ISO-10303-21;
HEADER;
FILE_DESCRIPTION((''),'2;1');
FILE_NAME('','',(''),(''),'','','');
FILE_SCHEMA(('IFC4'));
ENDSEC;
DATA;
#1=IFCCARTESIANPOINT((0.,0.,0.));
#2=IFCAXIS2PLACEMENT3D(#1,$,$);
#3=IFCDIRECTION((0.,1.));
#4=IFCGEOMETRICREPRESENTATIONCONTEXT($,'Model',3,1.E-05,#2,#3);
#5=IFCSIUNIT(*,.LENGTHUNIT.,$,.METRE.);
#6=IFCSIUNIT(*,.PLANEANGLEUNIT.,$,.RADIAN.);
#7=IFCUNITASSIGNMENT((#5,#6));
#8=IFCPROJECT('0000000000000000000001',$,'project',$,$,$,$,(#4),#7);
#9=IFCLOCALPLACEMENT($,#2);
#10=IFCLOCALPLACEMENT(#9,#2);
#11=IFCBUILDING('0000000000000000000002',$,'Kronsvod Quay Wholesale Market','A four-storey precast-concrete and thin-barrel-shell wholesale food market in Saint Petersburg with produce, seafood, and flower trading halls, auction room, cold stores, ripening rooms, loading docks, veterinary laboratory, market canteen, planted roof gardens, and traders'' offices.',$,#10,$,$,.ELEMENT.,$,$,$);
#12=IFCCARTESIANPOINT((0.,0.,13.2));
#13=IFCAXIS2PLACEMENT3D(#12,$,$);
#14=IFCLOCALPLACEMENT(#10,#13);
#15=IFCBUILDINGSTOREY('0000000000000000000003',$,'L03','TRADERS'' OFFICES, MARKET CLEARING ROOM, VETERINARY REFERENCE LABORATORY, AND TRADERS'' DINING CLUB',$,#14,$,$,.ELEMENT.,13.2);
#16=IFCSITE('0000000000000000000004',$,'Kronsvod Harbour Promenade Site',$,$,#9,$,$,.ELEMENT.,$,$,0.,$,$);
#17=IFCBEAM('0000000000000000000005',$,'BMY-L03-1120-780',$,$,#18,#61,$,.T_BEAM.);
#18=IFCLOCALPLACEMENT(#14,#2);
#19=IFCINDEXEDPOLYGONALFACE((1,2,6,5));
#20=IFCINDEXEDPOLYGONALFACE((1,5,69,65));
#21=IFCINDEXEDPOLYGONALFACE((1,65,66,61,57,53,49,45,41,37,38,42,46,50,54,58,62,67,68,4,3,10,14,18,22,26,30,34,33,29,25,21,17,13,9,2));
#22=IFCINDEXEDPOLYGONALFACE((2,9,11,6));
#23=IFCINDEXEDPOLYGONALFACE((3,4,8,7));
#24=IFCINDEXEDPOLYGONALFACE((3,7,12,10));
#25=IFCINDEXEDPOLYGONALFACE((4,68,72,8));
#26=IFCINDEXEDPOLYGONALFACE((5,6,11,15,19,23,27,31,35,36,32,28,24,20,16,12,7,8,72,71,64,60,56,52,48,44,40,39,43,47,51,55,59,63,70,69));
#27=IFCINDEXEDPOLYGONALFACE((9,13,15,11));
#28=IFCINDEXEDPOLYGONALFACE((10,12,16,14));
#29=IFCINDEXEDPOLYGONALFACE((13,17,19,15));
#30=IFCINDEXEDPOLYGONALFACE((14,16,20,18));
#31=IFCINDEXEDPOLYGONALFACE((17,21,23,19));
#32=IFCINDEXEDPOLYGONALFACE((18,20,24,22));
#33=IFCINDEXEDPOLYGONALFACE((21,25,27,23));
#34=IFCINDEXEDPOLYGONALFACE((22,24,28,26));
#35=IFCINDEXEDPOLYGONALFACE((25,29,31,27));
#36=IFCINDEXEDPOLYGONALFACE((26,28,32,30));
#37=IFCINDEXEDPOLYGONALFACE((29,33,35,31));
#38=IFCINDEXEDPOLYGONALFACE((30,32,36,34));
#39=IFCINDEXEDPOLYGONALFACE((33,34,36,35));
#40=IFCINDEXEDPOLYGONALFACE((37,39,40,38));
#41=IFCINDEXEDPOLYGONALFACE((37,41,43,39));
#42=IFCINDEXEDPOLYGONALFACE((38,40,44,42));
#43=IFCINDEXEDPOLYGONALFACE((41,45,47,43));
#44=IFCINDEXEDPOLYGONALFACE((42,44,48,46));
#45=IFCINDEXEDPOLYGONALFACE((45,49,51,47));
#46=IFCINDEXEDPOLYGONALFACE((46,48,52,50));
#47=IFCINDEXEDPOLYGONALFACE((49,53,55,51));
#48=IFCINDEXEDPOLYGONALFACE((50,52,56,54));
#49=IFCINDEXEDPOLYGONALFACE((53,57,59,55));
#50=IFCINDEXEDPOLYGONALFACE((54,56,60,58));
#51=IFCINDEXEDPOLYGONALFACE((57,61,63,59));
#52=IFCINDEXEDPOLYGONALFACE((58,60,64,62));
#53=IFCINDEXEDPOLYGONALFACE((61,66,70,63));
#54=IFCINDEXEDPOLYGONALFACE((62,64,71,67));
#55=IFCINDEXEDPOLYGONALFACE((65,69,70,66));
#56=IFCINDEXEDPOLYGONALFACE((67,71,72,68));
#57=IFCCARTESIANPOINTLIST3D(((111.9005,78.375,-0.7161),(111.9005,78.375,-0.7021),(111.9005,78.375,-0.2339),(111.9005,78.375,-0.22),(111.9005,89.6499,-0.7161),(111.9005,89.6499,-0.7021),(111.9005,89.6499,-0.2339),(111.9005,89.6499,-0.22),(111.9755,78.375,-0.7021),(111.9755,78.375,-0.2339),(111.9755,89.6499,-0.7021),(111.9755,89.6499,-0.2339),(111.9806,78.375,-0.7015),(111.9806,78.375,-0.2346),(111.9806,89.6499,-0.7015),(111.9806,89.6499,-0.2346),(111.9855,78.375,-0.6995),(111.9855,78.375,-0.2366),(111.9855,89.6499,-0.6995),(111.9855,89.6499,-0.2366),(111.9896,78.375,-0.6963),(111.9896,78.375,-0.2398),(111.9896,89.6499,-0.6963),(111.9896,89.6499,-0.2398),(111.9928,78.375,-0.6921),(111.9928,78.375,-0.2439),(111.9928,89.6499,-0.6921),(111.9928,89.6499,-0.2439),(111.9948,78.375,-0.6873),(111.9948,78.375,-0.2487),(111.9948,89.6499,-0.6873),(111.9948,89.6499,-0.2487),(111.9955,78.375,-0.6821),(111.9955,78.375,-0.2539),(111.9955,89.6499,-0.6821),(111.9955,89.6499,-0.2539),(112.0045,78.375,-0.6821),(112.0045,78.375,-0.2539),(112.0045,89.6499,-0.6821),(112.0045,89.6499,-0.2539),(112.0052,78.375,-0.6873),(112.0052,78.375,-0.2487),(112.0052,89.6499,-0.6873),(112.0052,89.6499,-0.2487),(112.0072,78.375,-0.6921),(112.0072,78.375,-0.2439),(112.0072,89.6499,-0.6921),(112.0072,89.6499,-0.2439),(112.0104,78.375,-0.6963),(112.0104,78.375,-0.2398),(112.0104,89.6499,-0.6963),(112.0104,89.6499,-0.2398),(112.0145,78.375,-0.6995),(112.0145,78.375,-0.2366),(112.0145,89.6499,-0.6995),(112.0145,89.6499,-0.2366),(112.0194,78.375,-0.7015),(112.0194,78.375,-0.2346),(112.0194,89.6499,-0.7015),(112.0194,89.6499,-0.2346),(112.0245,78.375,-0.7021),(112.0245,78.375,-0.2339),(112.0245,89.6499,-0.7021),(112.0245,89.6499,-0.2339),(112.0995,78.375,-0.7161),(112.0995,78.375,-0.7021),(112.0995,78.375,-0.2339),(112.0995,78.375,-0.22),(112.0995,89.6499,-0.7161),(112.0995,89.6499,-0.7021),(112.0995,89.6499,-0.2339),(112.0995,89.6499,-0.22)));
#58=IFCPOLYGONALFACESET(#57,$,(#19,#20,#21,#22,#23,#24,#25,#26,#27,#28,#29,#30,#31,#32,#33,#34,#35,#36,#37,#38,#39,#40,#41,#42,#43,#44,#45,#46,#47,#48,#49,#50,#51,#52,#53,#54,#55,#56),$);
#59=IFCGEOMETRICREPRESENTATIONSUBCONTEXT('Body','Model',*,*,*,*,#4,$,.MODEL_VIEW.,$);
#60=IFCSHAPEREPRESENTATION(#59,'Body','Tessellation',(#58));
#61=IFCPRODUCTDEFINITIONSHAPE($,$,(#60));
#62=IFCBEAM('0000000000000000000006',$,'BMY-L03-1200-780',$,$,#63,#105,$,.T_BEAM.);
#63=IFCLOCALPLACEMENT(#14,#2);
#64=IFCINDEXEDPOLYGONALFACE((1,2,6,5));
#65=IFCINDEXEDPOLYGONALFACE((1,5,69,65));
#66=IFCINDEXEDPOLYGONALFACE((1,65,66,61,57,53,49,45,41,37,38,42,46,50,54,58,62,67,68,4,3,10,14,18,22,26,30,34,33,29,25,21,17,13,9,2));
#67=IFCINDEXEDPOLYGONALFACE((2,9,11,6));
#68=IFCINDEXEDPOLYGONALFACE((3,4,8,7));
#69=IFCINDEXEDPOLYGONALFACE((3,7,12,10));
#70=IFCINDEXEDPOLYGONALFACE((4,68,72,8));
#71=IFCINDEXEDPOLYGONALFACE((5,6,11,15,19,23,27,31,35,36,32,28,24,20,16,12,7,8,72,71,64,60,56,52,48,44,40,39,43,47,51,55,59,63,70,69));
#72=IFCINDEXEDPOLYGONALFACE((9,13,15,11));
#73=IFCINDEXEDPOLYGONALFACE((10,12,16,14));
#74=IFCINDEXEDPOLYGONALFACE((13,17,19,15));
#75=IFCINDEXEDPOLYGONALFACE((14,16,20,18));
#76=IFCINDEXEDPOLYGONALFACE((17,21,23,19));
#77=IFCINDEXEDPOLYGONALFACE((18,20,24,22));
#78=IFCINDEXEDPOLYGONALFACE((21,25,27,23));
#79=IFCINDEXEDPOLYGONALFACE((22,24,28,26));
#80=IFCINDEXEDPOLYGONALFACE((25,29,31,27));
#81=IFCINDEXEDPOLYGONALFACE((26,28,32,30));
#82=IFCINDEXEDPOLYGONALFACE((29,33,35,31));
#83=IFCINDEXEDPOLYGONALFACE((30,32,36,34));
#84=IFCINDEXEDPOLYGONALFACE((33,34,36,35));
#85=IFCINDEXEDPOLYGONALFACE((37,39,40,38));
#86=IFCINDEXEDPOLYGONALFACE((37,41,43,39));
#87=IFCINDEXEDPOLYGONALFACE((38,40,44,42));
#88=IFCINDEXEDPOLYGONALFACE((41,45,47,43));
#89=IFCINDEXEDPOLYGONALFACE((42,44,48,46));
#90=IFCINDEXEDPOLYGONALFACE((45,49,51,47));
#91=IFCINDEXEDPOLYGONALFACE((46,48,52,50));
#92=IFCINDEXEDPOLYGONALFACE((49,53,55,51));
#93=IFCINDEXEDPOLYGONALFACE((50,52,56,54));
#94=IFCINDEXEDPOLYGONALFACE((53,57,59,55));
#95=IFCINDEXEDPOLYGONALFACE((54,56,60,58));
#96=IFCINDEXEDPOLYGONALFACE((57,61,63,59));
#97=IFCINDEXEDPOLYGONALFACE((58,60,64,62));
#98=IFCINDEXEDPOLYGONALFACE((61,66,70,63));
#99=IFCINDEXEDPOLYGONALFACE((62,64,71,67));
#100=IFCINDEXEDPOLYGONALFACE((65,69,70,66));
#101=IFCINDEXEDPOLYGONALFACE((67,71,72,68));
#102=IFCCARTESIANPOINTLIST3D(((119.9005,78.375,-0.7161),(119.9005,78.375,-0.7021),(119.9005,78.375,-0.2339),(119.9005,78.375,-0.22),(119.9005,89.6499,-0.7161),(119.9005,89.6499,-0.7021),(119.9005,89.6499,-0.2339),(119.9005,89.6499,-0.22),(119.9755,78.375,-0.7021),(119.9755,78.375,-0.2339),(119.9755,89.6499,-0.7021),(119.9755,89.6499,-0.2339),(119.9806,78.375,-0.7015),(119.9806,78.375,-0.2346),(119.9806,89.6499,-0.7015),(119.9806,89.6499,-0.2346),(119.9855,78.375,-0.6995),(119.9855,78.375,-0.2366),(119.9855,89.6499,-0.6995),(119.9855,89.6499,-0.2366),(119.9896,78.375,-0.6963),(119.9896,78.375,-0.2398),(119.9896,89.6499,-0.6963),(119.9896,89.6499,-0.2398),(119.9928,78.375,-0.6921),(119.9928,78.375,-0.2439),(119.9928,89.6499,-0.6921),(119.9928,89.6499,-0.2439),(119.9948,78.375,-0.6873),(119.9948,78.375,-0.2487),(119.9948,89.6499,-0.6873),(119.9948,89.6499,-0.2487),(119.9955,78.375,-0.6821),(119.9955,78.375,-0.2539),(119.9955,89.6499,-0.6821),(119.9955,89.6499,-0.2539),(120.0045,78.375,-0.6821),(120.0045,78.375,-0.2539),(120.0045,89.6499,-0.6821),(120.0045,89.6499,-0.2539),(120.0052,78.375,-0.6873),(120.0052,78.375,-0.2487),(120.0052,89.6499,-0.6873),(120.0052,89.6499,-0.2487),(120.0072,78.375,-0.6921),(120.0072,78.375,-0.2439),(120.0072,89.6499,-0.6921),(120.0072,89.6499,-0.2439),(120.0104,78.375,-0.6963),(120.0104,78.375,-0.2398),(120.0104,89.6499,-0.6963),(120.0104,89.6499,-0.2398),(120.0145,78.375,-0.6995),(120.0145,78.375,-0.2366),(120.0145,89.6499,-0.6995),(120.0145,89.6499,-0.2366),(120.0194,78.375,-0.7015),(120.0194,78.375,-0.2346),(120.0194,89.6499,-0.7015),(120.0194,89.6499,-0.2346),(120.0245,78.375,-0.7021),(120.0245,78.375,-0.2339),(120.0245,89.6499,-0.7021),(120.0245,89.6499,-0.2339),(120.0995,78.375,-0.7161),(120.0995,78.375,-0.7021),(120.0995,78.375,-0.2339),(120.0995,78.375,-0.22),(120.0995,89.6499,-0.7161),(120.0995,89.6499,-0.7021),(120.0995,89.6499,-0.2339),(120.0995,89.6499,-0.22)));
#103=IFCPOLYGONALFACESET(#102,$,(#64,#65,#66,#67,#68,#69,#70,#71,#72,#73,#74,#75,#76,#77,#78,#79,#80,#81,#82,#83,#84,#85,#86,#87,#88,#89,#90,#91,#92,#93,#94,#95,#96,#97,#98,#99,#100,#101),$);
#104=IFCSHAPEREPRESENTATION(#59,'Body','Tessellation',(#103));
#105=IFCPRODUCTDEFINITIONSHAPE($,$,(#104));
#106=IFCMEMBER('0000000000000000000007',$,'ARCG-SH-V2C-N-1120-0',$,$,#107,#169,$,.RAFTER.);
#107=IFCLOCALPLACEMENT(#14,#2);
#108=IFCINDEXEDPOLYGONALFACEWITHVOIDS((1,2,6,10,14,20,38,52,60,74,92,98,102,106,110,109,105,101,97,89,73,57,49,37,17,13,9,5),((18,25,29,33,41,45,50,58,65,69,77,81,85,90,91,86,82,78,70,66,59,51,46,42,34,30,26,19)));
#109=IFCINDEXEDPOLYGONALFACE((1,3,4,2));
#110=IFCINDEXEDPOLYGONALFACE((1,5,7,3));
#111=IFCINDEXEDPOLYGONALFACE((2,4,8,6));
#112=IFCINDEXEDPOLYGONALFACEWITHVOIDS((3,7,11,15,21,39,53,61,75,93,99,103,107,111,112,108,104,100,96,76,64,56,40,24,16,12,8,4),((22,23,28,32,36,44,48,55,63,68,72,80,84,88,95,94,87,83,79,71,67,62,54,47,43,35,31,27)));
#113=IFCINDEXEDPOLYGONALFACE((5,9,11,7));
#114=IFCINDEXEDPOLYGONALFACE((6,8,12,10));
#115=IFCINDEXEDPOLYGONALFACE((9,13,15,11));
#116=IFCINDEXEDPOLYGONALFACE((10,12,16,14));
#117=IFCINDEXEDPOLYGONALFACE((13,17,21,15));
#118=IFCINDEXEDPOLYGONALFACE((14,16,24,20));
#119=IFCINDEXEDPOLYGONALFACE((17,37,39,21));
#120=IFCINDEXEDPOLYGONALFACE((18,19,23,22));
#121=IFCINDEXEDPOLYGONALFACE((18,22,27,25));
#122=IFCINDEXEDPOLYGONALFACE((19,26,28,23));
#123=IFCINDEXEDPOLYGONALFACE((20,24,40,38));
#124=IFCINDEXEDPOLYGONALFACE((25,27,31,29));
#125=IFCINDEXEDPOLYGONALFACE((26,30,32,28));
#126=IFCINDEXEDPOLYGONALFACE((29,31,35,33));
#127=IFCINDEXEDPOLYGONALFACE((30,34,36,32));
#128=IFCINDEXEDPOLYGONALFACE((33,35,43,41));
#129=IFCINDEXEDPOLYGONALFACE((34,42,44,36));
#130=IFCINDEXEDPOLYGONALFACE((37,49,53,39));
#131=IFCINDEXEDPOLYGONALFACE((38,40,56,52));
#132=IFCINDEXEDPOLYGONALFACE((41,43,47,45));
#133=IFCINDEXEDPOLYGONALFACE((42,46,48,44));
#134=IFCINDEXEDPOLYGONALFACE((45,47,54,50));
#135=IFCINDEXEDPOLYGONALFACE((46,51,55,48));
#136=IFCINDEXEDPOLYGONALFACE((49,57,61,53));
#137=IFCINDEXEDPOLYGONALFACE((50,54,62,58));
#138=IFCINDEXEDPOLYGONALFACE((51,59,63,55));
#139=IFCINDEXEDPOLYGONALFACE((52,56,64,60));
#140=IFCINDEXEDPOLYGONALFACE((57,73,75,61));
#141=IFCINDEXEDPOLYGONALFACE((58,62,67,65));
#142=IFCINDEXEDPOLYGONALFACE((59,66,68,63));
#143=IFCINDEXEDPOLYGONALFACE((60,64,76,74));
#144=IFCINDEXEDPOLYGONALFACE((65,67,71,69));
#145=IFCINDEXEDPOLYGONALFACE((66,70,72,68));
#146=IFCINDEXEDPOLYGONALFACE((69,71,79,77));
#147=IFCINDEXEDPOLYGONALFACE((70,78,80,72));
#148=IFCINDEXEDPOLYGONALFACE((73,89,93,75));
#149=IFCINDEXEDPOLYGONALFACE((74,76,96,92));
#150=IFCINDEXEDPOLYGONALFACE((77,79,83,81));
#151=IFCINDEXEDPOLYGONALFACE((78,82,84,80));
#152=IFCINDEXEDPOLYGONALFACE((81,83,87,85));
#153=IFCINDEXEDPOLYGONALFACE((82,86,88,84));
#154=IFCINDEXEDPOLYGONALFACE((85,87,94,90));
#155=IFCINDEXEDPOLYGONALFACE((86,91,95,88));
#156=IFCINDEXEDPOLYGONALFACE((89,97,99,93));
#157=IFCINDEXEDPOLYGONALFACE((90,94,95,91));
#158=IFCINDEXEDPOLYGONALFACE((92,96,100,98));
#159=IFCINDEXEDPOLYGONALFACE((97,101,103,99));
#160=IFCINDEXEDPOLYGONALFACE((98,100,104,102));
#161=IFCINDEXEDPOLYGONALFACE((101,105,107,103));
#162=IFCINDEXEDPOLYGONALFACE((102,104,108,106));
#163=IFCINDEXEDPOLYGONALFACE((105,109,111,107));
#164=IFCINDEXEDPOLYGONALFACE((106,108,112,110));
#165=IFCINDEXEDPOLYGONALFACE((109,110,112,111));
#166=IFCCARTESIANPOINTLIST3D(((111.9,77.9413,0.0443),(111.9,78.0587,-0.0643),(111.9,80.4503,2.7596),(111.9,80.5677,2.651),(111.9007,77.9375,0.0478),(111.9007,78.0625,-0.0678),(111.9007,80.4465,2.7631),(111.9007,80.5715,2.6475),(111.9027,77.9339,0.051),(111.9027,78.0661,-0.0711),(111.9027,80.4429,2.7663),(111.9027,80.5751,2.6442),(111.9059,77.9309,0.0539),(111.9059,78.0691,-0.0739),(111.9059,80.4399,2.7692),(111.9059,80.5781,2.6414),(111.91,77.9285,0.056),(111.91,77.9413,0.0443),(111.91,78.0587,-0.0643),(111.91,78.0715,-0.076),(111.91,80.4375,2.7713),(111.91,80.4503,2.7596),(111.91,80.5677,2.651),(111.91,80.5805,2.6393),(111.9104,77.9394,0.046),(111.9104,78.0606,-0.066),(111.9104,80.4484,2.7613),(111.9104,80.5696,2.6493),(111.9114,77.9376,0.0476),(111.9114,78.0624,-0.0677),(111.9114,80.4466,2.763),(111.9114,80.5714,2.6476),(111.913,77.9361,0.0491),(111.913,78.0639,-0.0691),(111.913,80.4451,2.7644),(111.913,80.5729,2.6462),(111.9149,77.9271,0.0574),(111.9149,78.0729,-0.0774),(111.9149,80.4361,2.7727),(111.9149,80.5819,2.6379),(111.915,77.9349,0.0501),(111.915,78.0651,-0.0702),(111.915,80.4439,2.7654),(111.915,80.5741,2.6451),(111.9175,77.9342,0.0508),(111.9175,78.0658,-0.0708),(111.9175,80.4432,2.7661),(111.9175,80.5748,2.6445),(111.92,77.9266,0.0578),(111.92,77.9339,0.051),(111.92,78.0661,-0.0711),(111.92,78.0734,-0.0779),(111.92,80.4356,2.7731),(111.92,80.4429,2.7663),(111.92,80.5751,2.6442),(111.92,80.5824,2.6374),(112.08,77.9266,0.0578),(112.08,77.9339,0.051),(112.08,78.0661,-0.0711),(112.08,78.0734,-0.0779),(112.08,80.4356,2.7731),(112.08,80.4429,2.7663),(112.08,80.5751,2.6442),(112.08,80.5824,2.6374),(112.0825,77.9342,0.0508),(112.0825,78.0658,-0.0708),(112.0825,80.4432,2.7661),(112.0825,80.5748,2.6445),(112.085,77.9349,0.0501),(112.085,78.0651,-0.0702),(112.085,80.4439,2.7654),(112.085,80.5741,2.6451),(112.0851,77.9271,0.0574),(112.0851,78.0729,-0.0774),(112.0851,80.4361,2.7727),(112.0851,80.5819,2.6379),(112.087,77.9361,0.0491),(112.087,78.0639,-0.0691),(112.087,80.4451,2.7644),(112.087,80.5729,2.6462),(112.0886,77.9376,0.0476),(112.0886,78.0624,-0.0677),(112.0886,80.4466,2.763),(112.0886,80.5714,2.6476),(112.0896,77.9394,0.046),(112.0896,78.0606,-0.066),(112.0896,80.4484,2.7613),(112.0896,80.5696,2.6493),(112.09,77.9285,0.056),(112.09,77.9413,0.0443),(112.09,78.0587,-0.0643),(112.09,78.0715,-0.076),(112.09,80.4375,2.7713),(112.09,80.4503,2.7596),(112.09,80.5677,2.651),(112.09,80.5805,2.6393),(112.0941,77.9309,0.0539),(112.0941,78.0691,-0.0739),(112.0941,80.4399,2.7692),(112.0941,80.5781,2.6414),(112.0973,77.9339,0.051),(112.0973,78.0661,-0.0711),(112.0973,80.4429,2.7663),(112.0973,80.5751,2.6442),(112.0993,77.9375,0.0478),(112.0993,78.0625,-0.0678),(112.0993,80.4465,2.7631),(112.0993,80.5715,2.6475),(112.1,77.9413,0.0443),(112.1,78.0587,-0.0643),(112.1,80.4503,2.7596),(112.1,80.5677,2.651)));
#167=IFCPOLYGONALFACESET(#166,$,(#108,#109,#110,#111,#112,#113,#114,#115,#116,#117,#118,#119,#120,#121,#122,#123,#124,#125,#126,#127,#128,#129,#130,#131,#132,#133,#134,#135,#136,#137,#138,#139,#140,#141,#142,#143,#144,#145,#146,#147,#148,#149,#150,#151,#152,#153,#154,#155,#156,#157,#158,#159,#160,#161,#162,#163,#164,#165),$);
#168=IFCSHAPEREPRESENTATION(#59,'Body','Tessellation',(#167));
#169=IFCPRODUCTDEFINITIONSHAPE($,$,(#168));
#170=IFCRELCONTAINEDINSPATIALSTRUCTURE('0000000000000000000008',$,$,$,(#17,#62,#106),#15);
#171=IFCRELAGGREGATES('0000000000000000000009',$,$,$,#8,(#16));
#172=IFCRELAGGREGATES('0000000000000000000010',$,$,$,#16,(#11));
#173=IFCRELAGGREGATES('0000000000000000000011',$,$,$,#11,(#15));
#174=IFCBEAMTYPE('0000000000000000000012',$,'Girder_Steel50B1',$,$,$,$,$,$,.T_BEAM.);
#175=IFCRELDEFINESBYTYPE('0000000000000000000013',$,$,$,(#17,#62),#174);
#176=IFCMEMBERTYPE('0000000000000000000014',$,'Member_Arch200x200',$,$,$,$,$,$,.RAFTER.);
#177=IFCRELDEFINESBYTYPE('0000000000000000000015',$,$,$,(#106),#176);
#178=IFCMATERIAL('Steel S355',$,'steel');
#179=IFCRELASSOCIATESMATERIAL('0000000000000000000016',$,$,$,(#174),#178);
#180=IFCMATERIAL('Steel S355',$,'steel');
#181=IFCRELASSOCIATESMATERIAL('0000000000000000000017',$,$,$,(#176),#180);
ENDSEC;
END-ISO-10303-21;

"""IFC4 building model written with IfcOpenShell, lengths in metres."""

from ifc_helpers import new_model, si_unit, direction, frame, origin, origin_2d, place, context, subcontext, project, spatial, hollow_rectangle, i_section, extrude, material, material_profile, profile_set, type_object, element, save


model = new_model("IFC4")

# Units and contexts
model_context = context("Model", 3, precision=1e-05, world=origin(), true_north=direction((0.0, 1.0)))
body_context = subcontext(model_context, "Body", "Model", "MODEL_VIEW")
ifc_project = project(units=[si_unit("LENGTHUNIT", "METRE"), si_unit("PLANEANGLEUNIT", "RADIAN")], contexts=[model_context])

# Site, building, storey
site_placement = place(None, origin())
site = spatial("IfcSite", under=ifc_project, at=site_placement, Name="Kronsvod Harbour Promenade Site", CompositionType="ELEMENT", RefElevation=0.0)
building_placement = place(site_placement, origin())
building = spatial("IfcBuilding", under=site, at=building_placement, Name="Kronsvod Quay Wholesale Market", Description="A four-storey precast-concrete and thin-barrel-shell wholesale food market in Saint Petersburg with produce, seafood, and flower trading halls, auction room, cold stores, ripening rooms, loading docks, veterinary laboratory, market canteen, planted roof gardens, and traders' offices.", CompositionType="ELEMENT")
storey_placement = place(building_placement, frame((0.0, 0.0, 13.2)))
storey = spatial("IfcBuildingStorey", under=building, at=storey_placement, Name="L03", Description="TRADERS' OFFICES, MARKET CLEARING ROOM, VETERINARY REFERENCE LABORATORY, AND TRADERS' DINING CLUB", CompositionType="ELEMENT", Elevation=13.2)

# Beams
ifc_material_1 = material(Name="Steel S355", Category="steel")
ifc_material_profile_1 = material_profile(ifc_material_1, i_section(OverallWidth=0.199, OverallDepth=0.4961, WebThickness=0.009, FlangeThickness=0.0139, FilletRadius=0.02, at=origin_2d()), Name="50B1")
ifc_profile_set_1 = profile_set([ifc_material_profile_1], Name="Steel S355")
beam_type_1 = type_object("IfcBeamType", Name="Girder_Steel50B1", PredefinedType="T_BEAM", material=ifc_profile_set_1)
for number, where, z_axis, x_axis, name in (
    (1, (112.0, 78.375, -0.468), (0.0, 1.0, 0.0), (-1.0, 0.0, 0.0), "BMY-L03-1120-780"),
    (2, (120.0, 78.375, -0.468), (0.0, 1.0, 0.0), (-1.0, 0.0, 0.0), "BMY-L03-1200-780"),
):
    element("IfcBeam", number, at=place(storey_placement, frame(where, z_axis=z_axis, x_axis=x_axis)), inside=storey, type_object=beam_type_1, Name=name, PredefinedType="T_BEAM", context=body_context, shape_type="SweptSolid", body=[
        extrude(i_section(OverallWidth=0.199, OverallDepth=0.4961, WebThickness=0.009, FlangeThickness=0.0139, FilletRadius=0.02, at=origin_2d()), origin(), (0.0, 0.0, 1.0), 11.2749),
    ])

# Member
ifc_material_2 = material(Name="Steel S355", Category="steel")
ifc_material_profile_2 = material_profile(ifc_material_2, hollow_rectangle(XDim=0.2, YDim=0.2, WallThickness=0.01, InnerFilletRadius=0.01, OuterFilletRadius=0.02, at=origin_2d()), Name="RHS200x200x10")
ifc_profile_set_2 = profile_set([ifc_material_profile_2], Name="Steel S355")
member_type_1 = type_object("IfcMemberType", Name="Member_Arch200x200", PredefinedType="RAFTER", material=ifc_profile_set_2)
member_1_placement = place(storey_placement, frame((112.0, 78.0, -0.01), z_axis=(0.0, 0.678656, 0.734456), x_axis=(-1.0, 0.0, 0.0)))
element("IfcMember", 3, at=member_1_placement, inside=storey, type_object=member_type_1, Name="ARCG-SH-V2C-N-1120-0", PredefinedType="RAFTER", context=body_context, shape_type="SweptSolid", body=[
    extrude(hollow_rectangle(XDim=0.2, YDim=0.2, WallThickness=0.01, InnerFilletRadius=0.01, OuterFilletRadius=0.02, at=origin_2d()), origin(), (0.0, 0.0, 1.0), 3.697),
])

save(model, "model.ifc")
